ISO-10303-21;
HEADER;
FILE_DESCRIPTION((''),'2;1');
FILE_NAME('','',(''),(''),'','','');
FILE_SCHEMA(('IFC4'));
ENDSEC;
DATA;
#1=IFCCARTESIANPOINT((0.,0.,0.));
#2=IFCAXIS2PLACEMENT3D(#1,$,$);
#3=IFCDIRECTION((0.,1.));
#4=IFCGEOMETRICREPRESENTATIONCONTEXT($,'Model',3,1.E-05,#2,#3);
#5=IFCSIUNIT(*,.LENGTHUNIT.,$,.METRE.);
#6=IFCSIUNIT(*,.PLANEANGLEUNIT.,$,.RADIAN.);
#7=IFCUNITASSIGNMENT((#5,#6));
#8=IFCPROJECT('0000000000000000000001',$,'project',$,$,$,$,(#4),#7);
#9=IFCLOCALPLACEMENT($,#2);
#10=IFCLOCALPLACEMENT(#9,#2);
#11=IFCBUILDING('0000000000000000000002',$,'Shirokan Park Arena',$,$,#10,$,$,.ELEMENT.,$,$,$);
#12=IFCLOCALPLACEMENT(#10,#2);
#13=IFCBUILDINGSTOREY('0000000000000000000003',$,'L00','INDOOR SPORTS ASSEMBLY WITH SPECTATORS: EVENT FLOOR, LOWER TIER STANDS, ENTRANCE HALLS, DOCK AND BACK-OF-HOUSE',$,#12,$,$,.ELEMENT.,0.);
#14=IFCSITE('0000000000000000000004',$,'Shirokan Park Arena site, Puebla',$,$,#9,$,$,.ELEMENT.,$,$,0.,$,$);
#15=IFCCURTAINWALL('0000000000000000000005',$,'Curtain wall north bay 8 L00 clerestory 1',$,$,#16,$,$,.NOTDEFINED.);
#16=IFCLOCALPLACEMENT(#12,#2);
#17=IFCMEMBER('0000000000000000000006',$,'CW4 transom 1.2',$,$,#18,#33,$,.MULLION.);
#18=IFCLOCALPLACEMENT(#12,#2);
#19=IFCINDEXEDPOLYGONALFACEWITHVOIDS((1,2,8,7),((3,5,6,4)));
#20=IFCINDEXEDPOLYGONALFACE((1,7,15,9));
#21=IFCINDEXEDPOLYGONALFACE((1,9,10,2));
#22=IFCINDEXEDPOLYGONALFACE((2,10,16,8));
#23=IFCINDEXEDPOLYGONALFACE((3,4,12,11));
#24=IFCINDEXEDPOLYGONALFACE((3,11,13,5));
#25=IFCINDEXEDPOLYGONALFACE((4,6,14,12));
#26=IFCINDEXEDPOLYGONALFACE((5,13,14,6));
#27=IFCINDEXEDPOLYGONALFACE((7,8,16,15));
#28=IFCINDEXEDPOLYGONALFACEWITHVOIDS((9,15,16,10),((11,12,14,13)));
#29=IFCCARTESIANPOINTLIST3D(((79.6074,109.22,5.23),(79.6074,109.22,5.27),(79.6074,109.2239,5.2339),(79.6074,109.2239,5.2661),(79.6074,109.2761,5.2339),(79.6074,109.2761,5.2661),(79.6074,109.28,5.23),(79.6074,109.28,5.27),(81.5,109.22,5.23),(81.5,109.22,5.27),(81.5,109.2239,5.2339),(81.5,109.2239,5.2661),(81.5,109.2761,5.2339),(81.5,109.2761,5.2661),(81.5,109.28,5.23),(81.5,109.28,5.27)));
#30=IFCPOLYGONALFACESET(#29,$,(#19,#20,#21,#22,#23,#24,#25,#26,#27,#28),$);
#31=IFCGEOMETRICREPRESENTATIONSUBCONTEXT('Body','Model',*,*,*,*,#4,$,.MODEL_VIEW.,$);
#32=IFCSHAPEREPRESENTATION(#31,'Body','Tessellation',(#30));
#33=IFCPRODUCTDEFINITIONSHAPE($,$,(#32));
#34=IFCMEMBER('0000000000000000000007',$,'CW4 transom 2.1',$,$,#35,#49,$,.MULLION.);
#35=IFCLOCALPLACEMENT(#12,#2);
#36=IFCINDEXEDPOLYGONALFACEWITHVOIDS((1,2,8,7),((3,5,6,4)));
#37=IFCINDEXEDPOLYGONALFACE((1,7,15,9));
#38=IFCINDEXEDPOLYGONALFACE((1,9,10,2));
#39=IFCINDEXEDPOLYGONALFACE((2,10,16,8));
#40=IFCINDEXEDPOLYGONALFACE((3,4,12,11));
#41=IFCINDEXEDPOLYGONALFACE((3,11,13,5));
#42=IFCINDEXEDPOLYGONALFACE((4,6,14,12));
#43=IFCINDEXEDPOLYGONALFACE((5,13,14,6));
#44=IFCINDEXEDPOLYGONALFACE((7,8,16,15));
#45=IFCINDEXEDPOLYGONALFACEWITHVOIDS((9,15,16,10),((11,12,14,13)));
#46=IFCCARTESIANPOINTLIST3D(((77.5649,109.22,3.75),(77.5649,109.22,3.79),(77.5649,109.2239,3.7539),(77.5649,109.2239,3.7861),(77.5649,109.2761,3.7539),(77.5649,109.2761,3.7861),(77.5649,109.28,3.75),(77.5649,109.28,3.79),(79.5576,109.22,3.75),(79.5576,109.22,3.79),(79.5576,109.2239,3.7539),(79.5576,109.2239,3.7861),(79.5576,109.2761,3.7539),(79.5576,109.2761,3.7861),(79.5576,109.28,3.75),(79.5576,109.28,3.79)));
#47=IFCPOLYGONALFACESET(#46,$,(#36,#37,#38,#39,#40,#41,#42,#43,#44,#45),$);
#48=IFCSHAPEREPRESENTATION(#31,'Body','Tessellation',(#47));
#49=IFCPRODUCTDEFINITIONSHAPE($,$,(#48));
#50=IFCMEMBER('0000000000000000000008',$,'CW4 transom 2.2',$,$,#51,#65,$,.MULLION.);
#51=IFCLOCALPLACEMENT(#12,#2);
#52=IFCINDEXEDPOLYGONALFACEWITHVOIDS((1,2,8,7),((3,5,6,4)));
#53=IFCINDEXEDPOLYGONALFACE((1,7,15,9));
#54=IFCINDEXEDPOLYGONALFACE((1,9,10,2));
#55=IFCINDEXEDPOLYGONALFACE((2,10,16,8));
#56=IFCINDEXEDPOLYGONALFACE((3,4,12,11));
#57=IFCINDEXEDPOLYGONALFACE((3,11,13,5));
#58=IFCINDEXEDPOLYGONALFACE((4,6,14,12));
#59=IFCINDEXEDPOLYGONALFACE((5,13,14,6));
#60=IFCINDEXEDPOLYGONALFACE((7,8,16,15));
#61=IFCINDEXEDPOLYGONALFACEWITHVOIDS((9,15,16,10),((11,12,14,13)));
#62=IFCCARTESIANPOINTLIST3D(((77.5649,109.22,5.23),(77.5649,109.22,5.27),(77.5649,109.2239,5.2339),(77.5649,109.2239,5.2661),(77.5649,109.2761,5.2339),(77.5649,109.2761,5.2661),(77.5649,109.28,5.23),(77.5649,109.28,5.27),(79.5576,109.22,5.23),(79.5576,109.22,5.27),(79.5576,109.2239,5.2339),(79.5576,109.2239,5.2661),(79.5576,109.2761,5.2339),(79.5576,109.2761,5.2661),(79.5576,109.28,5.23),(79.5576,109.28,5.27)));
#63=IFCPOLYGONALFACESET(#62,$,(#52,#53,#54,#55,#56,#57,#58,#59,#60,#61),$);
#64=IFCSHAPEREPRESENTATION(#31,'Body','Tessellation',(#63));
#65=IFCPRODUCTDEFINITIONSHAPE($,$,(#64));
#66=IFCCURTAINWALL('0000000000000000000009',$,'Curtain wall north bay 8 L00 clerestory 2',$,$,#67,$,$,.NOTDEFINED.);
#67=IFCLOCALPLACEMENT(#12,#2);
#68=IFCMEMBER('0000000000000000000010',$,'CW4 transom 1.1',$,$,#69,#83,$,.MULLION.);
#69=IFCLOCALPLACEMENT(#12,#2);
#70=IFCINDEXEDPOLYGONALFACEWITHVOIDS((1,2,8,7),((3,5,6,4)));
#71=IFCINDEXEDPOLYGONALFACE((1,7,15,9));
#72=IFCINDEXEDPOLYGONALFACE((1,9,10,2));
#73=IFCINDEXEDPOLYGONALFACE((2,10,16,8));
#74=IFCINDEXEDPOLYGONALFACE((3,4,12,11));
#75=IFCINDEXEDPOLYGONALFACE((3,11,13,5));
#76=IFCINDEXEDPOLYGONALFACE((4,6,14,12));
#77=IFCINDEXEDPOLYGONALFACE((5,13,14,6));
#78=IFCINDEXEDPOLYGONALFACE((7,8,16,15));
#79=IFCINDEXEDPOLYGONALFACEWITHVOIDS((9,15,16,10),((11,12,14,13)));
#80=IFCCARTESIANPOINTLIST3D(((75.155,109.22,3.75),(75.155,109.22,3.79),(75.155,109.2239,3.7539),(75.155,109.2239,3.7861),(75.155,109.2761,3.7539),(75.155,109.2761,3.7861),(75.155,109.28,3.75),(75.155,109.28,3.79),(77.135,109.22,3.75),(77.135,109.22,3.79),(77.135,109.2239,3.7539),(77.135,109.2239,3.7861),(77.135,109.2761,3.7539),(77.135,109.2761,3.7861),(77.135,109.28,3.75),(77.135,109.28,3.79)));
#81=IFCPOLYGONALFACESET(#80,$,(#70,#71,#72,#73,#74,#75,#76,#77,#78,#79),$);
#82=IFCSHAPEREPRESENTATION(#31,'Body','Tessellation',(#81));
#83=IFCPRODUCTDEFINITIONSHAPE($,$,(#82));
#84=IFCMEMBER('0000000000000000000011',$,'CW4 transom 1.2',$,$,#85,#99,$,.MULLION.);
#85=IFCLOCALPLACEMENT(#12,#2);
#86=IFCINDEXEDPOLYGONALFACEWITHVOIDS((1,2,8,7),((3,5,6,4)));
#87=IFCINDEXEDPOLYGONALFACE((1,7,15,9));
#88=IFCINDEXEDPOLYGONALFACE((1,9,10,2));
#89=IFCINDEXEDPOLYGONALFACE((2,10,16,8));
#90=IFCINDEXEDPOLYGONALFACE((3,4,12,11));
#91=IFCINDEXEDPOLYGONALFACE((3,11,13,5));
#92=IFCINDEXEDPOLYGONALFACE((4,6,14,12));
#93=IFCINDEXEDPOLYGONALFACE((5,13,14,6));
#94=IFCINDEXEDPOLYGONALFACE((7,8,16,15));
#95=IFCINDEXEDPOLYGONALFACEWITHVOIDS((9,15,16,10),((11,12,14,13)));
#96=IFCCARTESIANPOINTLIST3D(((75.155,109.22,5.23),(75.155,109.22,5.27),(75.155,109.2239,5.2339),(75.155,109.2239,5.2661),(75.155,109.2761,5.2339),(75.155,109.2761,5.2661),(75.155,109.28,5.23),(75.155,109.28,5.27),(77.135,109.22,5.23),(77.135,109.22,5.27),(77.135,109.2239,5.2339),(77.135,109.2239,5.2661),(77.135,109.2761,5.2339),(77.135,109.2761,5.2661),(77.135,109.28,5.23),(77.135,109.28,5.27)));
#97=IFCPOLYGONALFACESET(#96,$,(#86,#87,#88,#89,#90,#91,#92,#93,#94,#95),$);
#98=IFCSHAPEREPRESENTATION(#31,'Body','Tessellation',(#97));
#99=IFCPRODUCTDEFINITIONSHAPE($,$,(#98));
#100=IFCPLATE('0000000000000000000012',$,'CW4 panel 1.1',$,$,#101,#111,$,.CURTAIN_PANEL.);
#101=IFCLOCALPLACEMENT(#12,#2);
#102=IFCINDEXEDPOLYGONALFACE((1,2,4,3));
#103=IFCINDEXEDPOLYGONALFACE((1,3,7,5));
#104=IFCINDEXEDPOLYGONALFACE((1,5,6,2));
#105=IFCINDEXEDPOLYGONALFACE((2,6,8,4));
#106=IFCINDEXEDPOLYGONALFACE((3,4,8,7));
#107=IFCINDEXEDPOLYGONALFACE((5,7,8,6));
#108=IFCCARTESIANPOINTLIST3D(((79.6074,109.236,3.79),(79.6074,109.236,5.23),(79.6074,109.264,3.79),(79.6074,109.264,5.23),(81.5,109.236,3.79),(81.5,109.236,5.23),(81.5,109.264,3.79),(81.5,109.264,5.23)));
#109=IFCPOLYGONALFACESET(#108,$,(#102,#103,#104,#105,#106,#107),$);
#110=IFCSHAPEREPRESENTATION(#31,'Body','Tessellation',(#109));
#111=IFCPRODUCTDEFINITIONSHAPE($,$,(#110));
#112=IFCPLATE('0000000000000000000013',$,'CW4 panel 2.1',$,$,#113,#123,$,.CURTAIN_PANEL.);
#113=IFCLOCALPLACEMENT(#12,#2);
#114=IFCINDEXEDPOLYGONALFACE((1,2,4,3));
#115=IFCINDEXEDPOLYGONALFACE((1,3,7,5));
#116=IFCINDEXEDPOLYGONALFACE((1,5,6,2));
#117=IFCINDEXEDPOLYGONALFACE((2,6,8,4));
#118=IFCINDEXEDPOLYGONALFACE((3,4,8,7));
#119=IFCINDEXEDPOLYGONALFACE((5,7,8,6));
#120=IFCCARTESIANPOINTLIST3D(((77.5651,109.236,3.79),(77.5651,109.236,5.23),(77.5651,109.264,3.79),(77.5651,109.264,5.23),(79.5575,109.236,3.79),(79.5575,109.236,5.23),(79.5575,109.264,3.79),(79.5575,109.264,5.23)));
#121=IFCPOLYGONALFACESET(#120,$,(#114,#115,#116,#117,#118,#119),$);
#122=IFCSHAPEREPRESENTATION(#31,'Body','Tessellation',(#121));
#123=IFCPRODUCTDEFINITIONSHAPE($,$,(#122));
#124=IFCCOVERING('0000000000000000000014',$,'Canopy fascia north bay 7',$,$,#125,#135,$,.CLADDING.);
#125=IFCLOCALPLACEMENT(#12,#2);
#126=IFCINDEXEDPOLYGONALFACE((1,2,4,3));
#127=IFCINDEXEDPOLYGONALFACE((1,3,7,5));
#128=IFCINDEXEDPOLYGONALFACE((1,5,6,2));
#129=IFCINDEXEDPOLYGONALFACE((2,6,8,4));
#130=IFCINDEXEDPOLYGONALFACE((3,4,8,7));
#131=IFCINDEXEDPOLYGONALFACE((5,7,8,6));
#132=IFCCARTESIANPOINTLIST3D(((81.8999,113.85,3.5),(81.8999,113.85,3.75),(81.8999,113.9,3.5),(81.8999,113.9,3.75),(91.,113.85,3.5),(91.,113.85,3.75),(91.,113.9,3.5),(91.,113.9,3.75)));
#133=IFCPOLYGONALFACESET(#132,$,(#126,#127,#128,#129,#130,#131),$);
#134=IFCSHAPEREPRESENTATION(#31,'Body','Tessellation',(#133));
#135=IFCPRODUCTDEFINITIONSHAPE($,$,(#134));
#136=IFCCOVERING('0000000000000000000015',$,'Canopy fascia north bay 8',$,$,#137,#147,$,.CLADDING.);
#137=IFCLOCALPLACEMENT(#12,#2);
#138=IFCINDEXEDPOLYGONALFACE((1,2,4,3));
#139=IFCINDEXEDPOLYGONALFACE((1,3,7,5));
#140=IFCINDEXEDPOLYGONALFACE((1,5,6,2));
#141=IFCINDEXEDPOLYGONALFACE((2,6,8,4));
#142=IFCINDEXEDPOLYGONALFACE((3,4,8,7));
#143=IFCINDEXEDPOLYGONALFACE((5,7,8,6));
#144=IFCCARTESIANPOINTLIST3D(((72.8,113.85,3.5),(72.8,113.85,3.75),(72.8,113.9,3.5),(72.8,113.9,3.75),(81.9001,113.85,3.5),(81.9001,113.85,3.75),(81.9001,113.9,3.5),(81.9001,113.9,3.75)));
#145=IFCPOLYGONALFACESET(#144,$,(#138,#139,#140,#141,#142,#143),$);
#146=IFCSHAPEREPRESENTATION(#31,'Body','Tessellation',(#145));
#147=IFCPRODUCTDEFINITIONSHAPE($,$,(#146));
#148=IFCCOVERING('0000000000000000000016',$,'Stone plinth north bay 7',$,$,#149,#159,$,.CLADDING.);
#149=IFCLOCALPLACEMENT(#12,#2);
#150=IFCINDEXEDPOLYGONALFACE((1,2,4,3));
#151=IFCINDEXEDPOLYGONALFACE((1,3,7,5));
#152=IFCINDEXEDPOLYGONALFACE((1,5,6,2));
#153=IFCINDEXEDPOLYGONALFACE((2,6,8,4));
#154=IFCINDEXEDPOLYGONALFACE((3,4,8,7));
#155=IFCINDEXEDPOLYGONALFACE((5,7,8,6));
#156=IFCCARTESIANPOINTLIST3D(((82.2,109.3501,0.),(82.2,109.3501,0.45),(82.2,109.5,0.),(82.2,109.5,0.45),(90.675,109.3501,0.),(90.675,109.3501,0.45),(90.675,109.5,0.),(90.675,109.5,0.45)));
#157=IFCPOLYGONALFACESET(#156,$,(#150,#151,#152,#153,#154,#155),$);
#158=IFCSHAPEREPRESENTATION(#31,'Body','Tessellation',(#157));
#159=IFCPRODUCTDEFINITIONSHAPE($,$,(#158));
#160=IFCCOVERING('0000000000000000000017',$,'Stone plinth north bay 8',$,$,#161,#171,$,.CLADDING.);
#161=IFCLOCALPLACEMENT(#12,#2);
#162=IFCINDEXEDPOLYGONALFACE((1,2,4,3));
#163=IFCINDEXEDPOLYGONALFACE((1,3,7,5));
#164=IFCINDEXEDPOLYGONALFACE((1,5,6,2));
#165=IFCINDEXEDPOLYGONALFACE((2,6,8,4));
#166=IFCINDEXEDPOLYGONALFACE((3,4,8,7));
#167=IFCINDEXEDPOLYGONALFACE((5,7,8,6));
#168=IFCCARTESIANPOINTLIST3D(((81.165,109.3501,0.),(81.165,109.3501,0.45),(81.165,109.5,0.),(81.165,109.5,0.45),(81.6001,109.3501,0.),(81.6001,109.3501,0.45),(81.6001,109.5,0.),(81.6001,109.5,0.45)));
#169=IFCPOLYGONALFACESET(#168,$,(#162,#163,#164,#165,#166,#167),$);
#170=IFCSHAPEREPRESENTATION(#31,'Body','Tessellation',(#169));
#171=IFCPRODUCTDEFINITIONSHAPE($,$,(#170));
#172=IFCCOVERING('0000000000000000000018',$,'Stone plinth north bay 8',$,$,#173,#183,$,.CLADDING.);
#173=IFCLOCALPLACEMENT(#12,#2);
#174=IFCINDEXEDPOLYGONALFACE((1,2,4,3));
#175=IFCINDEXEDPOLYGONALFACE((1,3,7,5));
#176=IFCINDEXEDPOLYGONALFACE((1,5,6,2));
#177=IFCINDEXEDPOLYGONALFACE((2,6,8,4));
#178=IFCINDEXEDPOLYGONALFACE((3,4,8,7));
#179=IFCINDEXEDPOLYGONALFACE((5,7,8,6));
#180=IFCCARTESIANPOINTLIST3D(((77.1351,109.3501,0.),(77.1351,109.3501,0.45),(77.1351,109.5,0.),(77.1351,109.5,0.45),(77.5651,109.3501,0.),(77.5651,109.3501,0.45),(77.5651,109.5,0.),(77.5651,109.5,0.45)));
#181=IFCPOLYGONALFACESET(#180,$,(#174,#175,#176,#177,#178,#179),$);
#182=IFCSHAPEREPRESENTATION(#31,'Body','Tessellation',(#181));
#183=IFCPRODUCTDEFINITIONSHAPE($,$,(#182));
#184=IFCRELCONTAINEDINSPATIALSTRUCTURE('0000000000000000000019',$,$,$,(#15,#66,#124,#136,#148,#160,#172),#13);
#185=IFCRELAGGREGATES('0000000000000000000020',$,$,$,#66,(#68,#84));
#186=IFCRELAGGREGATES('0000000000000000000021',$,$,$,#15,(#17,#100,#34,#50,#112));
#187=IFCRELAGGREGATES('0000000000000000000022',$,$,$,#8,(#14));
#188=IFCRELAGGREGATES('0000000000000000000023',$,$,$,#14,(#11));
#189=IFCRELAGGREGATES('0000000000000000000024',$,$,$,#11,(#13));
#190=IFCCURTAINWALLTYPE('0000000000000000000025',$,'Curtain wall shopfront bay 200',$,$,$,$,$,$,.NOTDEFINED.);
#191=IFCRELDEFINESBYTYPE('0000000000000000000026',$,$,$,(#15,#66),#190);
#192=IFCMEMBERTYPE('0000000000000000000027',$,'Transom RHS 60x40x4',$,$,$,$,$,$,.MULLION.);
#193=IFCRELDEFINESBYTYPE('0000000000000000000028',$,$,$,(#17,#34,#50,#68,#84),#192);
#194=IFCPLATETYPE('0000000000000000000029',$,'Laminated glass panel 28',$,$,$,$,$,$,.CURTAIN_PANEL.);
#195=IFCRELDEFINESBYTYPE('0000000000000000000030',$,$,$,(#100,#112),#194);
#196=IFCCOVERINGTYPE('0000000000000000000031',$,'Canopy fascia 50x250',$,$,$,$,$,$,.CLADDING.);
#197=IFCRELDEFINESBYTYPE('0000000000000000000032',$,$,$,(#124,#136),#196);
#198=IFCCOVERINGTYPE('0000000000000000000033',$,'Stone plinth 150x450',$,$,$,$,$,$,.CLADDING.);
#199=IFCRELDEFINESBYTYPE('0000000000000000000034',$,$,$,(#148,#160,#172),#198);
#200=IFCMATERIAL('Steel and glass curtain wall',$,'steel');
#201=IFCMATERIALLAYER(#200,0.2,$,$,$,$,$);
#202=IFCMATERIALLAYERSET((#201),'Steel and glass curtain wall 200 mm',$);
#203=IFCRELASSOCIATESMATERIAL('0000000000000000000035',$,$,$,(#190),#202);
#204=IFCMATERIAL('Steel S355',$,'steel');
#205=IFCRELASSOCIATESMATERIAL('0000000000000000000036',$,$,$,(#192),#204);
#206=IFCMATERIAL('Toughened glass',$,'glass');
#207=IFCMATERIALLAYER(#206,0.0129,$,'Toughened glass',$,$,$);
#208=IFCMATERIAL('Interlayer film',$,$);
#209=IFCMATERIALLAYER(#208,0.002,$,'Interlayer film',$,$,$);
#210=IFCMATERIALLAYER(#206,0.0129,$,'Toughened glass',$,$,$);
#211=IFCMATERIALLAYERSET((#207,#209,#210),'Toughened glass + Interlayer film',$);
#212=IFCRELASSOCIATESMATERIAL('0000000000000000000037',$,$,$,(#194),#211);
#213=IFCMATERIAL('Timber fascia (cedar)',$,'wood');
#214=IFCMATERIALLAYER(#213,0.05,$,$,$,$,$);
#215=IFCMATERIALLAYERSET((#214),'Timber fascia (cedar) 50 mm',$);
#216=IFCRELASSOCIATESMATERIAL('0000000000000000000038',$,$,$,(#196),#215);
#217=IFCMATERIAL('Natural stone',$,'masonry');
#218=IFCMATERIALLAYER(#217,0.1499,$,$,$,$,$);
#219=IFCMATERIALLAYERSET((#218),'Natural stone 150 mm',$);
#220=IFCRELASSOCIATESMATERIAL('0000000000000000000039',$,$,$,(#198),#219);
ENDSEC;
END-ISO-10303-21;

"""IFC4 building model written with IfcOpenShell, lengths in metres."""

from ifc_helpers import new_model, si_unit, direction, frame, origin, origin_2d, place, context, subcontext, project, spatial, rectangle, hollow_rectangle, extrude, material, layer, layer_set, material_profile, profile_set, type_object, element, aggregate, save


model = new_model("IFC4")

# Units and contexts
model_context = context("Model", 3, precision=1e-05, world=origin(), true_north=direction((0.0, 1.0)))
body_context = subcontext(model_context, "Body", "Model", "MODEL_VIEW")
ifc_project = project(units=[si_unit("LENGTHUNIT", "METRE"), si_unit("PLANEANGLEUNIT", "RADIAN")], contexts=[model_context])

# Site, building, storey
site_placement = place(None, origin())
site = spatial("IfcSite", under=ifc_project, at=site_placement, Name="Shirokan Park Arena site, Puebla", CompositionType="ELEMENT", RefElevation=0.0)
building_placement = place(site_placement, origin())
building = spatial("IfcBuilding", under=site, at=building_placement, Name="Shirokan Park Arena", CompositionType="ELEMENT")
storey_placement = place(building_placement, origin())
storey = spatial("IfcBuildingStorey", under=building, at=storey_placement, Name="L00", Description="INDOOR SPORTS ASSEMBLY WITH SPECTATORS: EVENT FLOOR, LOWER TIER STANDS, ENTRANCE HALLS, DOCK AND BACK-OF-HOUSE", CompositionType="ELEMENT", Elevation=0.0)

# Shared definitions
ifc_material_1 = material(Name="Steel S355", Category="steel")

# Curtain walls, members
ifc_material_2 = material(Name="Steel and glass curtain wall", Category="steel")
ifc_layer_1 = layer(ifc_material_2, 0.2)
ifc_layer_set_1 = layer_set([ifc_layer_1], Name="Steel and glass curtain wall 200 mm")
curtain_wall_type = type_object("IfcCurtainWallType", Name="Curtain wall shopfront bay 200", PredefinedType="NOTDEFINED", material=ifc_layer_set_1)
curtain_wall_1_placement = place(storey_placement, origin())
curtain_wall_1 = element("IfcCurtainWall", 1, at=curtain_wall_1_placement, inside=storey, type_object=curtain_wall_type, Name="Curtain wall north bay 8 L00 clerestory 1", PredefinedType="NOTDEFINED")
ifc_material_profile_1 = material_profile(ifc_material_1, hollow_rectangle(XDim=0.0601, YDim=0.04, WallThickness=0.0039, at=origin_2d()), Name="RHS 60x40x4")
ifc_profile_set_1 = profile_set([ifc_material_profile_1], Name="Steel S355")
member_type_1 = type_object("IfcMemberType", Name="Transom RHS 60x40x4", PredefinedType="MULLION", material=ifc_profile_set_1)
member_1_placement = place(storey_placement, frame((81.5, 109.25, 5.25), z_axis=(-1.0, 0.0, 0.0), x_axis=(0.0, -1.0, 0.0)))
member_1 = element("IfcMember", 2, at=member_1_placement, type_object=member_type_1, Name="CW4 transom 1.2", PredefinedType="MULLION", context=body_context, shape_type="SweptSolid", body=[
    extrude(hollow_rectangle(XDim=0.0601, YDim=0.04, WallThickness=0.0039, at=origin_2d()), origin(), (0.0, 0.0, 1.0), 1.8926),
])
member_2_placement = place(storey_placement, frame((79.5576, 109.25, 3.77), z_axis=(-1.0, 0.0, 0.0), x_axis=(0.0, -1.0, 0.0)))
member_2 = element("IfcMember", 3, at=member_2_placement, type_object=member_type_1, Name="CW4 transom 2.1", PredefinedType="MULLION", context=body_context, shape_type="SweptSolid", body=[
    extrude(hollow_rectangle(XDim=0.0601, YDim=0.04, WallThickness=0.0039, at=origin_2d()), origin(), (0.0, 0.0, 1.0), 1.9927),
])
member_3_placement = place(storey_placement, frame((79.5576, 109.25, 5.25), z_axis=(-1.0, 0.0, 0.0), x_axis=(0.0, -1.0, 0.0)))
member_3 = element("IfcMember", 4, at=member_3_placement, type_object=member_type_1, Name="CW4 transom 2.2", PredefinedType="MULLION", context=body_context, shape_type="SweptSolid", body=[
    extrude(hollow_rectangle(XDim=0.0601, YDim=0.04, WallThickness=0.0039, at=origin_2d()), origin(), (0.0, 0.0, 1.0), 1.9927),
])
curtain_wall_2_placement = place(storey_placement, origin())
curtain_wall_2 = element("IfcCurtainWall", 5, at=curtain_wall_2_placement, inside=storey, type_object=curtain_wall_type, Name="Curtain wall north bay 8 L00 clerestory 2", PredefinedType="NOTDEFINED")
member_4_placement = place(storey_placement, frame((77.135, 109.25, 3.77), z_axis=(-1.0, 0.0, 0.0), x_axis=(0.0, -1.0, 0.0)))
member_4 = element("IfcMember", 6, at=member_4_placement, type_object=member_type_1, Name="CW4 transom 1.1", PredefinedType="MULLION", context=body_context, shape_type="SweptSolid", body=[
    extrude(hollow_rectangle(XDim=0.0601, YDim=0.04, WallThickness=0.0039, at=origin_2d()), origin(), (0.0, 0.0, 1.0), 1.98),
])
member_5_placement = place(storey_placement, frame((77.135, 109.25, 5.25), z_axis=(-1.0, 0.0, 0.0), x_axis=(0.0, -1.0, 0.0)))
member_5 = element("IfcMember", 7, at=member_5_placement, type_object=member_type_1, Name="CW4 transom 1.2", PredefinedType="MULLION", context=body_context, shape_type="SweptSolid", body=[
    extrude(hollow_rectangle(XDim=0.0601, YDim=0.04, WallThickness=0.0039, at=origin_2d()), origin(), (0.0, 0.0, 1.0), 1.98),
])
aggregate(curtain_wall_2, [member_4, member_5])

# Plates
ifc_material_3 = material(Name="Toughened glass", Category="glass")
ifc_layer_2 = layer(ifc_material_3, 0.0129, Name="Toughened glass")
ifc_material_4 = material(Name="Interlayer film")
ifc_layer_3 = layer(ifc_material_4, 0.002, Name="Interlayer film")
ifc_layer_4 = layer(ifc_material_3, 0.0129, Name="Toughened glass")
ifc_layer_set_2 = layer_set([ifc_layer_2, ifc_layer_3, ifc_layer_4], Name="Toughened glass + Interlayer film")
plate_type = type_object("IfcPlateType", Name="Laminated glass panel 28", PredefinedType="CURTAIN_PANEL", material=ifc_layer_set_2)
plate_1_placement = place(storey_placement, frame((80.5537, 109.25, 3.79), z_axis=(0.0, 0.0, 1.0), x_axis=(-1.0, 0.0, 0.0)))
plate_1 = element("IfcPlate", 8, at=plate_1_placement, type_object=plate_type, Name="CW4 panel 1.1", PredefinedType="CURTAIN_PANEL", context=body_context, shape_type="SweptSolid", body=[
    extrude(rectangle(XDim=1.8926, YDim=0.0281, at=origin_2d()), origin(), (0.0, 0.0, 1.0), 1.4399),
])
plate_2_placement = place(storey_placement, frame((78.5613, 109.25, 3.79), z_axis=(0.0, 0.0, 1.0), x_axis=(-1.0, 0.0, 0.0)))
plate_2 = element("IfcPlate", 9, at=plate_2_placement, type_object=plate_type, Name="CW4 panel 2.1", PredefinedType="CURTAIN_PANEL", context=body_context, shape_type="SweptSolid", body=[
    extrude(rectangle(XDim=1.9924, YDim=0.0281, at=origin_2d()), origin(), (0.0, 0.0, 1.0), 1.4399),
])
aggregate(curtain_wall_1, [member_1, plate_1, member_2, member_3, plate_2])

# Coverings
ifc_material_5 = material(Name="Timber fascia (cedar)", Category="wood")
ifc_layer_5 = layer(ifc_material_5, 0.05)
ifc_layer_set_3 = layer_set([ifc_layer_5], Name="Timber fascia (cedar) 50 mm")
covering_type_1 = type_object("IfcCoveringType", Name="Canopy fascia 50x250", PredefinedType="CLADDING", material=ifc_layer_set_3)
for number, where, z_axis, x_axis, name in (
    (10, (86.45, 113.875, 3.5), (0.0, 0.0, 1.0), (-1.0, 0.0, 0.0), "Canopy fascia north bay 7"),
    (11, (77.3501, 113.875, 3.5), (0.0, 0.0, 1.0), (-1.0, 0.0, 0.0), "Canopy fascia north bay 8"),
):
    element("IfcCovering", number, at=place(storey_placement, frame(where, z_axis=z_axis, x_axis=x_axis)), inside=storey, type_object=covering_type_1, Name=name, PredefinedType="CLADDING", context=body_context, shape_type="SweptSolid", body=[
        extrude(rectangle(XDim=9.1001, YDim=0.05, at=origin_2d()), origin(), (0.0, 0.0, 1.0), 0.25),
    ])
ifc_material_6 = material(Name="Natural stone", Category="masonry")
ifc_layer_6 = layer(ifc_material_6, 0.1499)
ifc_layer_set_4 = layer_set([ifc_layer_6], Name="Natural stone 150 mm")
covering_type_2 = type_object("IfcCoveringType", Name="Stone plinth 150x450", PredefinedType="CLADDING", material=ifc_layer_set_4)
covering_1_placement = place(storey_placement, frame((86.4375, 109.425, 0.0), z_axis=(0.0, 0.0, 1.0), x_axis=(-1.0, 0.0, 0.0)))
element("IfcCovering", 12, at=covering_1_placement, inside=storey, type_object=covering_type_2, Name="Stone plinth north bay 7", PredefinedType="CLADDING", context=body_context, shape_type="SweptSolid", body=[
    extrude(rectangle(XDim=8.4751, YDim=0.1499, at=origin_2d()), origin(), (0.0, 0.0, 1.0), 0.45),
])
covering_2_placement = place(storey_placement, frame((81.3826, 109.425, 0.0), z_axis=(0.0, 0.0, 1.0), x_axis=(-1.0, 0.0, 0.0)))
element("IfcCovering", 13, at=covering_2_placement, inside=storey, type_object=covering_type_2, Name="Stone plinth north bay 8", PredefinedType="CLADDING", context=body_context, shape_type="SweptSolid", body=[
    extrude(rectangle(XDim=0.4351, YDim=0.1499, at=origin_2d()), origin(), (0.0, 0.0, 1.0), 0.45),
])
covering_3_placement = place(storey_placement, frame((77.3501, 109.425, 0.0), z_axis=(0.0, 0.0, 1.0), x_axis=(-1.0, 0.0, 0.0)))
element("IfcCovering", 14, at=covering_3_placement, inside=storey, type_object=covering_type_2, Name="Stone plinth north bay 8", PredefinedType="CLADDING", context=body_context, shape_type="SweptSolid", body=[
    extrude(rectangle(XDim=0.4299, YDim=0.1499, at=origin_2d()), origin(), (0.0, 0.0, 1.0), 0.45),
])

save(model, "model.ifc")
